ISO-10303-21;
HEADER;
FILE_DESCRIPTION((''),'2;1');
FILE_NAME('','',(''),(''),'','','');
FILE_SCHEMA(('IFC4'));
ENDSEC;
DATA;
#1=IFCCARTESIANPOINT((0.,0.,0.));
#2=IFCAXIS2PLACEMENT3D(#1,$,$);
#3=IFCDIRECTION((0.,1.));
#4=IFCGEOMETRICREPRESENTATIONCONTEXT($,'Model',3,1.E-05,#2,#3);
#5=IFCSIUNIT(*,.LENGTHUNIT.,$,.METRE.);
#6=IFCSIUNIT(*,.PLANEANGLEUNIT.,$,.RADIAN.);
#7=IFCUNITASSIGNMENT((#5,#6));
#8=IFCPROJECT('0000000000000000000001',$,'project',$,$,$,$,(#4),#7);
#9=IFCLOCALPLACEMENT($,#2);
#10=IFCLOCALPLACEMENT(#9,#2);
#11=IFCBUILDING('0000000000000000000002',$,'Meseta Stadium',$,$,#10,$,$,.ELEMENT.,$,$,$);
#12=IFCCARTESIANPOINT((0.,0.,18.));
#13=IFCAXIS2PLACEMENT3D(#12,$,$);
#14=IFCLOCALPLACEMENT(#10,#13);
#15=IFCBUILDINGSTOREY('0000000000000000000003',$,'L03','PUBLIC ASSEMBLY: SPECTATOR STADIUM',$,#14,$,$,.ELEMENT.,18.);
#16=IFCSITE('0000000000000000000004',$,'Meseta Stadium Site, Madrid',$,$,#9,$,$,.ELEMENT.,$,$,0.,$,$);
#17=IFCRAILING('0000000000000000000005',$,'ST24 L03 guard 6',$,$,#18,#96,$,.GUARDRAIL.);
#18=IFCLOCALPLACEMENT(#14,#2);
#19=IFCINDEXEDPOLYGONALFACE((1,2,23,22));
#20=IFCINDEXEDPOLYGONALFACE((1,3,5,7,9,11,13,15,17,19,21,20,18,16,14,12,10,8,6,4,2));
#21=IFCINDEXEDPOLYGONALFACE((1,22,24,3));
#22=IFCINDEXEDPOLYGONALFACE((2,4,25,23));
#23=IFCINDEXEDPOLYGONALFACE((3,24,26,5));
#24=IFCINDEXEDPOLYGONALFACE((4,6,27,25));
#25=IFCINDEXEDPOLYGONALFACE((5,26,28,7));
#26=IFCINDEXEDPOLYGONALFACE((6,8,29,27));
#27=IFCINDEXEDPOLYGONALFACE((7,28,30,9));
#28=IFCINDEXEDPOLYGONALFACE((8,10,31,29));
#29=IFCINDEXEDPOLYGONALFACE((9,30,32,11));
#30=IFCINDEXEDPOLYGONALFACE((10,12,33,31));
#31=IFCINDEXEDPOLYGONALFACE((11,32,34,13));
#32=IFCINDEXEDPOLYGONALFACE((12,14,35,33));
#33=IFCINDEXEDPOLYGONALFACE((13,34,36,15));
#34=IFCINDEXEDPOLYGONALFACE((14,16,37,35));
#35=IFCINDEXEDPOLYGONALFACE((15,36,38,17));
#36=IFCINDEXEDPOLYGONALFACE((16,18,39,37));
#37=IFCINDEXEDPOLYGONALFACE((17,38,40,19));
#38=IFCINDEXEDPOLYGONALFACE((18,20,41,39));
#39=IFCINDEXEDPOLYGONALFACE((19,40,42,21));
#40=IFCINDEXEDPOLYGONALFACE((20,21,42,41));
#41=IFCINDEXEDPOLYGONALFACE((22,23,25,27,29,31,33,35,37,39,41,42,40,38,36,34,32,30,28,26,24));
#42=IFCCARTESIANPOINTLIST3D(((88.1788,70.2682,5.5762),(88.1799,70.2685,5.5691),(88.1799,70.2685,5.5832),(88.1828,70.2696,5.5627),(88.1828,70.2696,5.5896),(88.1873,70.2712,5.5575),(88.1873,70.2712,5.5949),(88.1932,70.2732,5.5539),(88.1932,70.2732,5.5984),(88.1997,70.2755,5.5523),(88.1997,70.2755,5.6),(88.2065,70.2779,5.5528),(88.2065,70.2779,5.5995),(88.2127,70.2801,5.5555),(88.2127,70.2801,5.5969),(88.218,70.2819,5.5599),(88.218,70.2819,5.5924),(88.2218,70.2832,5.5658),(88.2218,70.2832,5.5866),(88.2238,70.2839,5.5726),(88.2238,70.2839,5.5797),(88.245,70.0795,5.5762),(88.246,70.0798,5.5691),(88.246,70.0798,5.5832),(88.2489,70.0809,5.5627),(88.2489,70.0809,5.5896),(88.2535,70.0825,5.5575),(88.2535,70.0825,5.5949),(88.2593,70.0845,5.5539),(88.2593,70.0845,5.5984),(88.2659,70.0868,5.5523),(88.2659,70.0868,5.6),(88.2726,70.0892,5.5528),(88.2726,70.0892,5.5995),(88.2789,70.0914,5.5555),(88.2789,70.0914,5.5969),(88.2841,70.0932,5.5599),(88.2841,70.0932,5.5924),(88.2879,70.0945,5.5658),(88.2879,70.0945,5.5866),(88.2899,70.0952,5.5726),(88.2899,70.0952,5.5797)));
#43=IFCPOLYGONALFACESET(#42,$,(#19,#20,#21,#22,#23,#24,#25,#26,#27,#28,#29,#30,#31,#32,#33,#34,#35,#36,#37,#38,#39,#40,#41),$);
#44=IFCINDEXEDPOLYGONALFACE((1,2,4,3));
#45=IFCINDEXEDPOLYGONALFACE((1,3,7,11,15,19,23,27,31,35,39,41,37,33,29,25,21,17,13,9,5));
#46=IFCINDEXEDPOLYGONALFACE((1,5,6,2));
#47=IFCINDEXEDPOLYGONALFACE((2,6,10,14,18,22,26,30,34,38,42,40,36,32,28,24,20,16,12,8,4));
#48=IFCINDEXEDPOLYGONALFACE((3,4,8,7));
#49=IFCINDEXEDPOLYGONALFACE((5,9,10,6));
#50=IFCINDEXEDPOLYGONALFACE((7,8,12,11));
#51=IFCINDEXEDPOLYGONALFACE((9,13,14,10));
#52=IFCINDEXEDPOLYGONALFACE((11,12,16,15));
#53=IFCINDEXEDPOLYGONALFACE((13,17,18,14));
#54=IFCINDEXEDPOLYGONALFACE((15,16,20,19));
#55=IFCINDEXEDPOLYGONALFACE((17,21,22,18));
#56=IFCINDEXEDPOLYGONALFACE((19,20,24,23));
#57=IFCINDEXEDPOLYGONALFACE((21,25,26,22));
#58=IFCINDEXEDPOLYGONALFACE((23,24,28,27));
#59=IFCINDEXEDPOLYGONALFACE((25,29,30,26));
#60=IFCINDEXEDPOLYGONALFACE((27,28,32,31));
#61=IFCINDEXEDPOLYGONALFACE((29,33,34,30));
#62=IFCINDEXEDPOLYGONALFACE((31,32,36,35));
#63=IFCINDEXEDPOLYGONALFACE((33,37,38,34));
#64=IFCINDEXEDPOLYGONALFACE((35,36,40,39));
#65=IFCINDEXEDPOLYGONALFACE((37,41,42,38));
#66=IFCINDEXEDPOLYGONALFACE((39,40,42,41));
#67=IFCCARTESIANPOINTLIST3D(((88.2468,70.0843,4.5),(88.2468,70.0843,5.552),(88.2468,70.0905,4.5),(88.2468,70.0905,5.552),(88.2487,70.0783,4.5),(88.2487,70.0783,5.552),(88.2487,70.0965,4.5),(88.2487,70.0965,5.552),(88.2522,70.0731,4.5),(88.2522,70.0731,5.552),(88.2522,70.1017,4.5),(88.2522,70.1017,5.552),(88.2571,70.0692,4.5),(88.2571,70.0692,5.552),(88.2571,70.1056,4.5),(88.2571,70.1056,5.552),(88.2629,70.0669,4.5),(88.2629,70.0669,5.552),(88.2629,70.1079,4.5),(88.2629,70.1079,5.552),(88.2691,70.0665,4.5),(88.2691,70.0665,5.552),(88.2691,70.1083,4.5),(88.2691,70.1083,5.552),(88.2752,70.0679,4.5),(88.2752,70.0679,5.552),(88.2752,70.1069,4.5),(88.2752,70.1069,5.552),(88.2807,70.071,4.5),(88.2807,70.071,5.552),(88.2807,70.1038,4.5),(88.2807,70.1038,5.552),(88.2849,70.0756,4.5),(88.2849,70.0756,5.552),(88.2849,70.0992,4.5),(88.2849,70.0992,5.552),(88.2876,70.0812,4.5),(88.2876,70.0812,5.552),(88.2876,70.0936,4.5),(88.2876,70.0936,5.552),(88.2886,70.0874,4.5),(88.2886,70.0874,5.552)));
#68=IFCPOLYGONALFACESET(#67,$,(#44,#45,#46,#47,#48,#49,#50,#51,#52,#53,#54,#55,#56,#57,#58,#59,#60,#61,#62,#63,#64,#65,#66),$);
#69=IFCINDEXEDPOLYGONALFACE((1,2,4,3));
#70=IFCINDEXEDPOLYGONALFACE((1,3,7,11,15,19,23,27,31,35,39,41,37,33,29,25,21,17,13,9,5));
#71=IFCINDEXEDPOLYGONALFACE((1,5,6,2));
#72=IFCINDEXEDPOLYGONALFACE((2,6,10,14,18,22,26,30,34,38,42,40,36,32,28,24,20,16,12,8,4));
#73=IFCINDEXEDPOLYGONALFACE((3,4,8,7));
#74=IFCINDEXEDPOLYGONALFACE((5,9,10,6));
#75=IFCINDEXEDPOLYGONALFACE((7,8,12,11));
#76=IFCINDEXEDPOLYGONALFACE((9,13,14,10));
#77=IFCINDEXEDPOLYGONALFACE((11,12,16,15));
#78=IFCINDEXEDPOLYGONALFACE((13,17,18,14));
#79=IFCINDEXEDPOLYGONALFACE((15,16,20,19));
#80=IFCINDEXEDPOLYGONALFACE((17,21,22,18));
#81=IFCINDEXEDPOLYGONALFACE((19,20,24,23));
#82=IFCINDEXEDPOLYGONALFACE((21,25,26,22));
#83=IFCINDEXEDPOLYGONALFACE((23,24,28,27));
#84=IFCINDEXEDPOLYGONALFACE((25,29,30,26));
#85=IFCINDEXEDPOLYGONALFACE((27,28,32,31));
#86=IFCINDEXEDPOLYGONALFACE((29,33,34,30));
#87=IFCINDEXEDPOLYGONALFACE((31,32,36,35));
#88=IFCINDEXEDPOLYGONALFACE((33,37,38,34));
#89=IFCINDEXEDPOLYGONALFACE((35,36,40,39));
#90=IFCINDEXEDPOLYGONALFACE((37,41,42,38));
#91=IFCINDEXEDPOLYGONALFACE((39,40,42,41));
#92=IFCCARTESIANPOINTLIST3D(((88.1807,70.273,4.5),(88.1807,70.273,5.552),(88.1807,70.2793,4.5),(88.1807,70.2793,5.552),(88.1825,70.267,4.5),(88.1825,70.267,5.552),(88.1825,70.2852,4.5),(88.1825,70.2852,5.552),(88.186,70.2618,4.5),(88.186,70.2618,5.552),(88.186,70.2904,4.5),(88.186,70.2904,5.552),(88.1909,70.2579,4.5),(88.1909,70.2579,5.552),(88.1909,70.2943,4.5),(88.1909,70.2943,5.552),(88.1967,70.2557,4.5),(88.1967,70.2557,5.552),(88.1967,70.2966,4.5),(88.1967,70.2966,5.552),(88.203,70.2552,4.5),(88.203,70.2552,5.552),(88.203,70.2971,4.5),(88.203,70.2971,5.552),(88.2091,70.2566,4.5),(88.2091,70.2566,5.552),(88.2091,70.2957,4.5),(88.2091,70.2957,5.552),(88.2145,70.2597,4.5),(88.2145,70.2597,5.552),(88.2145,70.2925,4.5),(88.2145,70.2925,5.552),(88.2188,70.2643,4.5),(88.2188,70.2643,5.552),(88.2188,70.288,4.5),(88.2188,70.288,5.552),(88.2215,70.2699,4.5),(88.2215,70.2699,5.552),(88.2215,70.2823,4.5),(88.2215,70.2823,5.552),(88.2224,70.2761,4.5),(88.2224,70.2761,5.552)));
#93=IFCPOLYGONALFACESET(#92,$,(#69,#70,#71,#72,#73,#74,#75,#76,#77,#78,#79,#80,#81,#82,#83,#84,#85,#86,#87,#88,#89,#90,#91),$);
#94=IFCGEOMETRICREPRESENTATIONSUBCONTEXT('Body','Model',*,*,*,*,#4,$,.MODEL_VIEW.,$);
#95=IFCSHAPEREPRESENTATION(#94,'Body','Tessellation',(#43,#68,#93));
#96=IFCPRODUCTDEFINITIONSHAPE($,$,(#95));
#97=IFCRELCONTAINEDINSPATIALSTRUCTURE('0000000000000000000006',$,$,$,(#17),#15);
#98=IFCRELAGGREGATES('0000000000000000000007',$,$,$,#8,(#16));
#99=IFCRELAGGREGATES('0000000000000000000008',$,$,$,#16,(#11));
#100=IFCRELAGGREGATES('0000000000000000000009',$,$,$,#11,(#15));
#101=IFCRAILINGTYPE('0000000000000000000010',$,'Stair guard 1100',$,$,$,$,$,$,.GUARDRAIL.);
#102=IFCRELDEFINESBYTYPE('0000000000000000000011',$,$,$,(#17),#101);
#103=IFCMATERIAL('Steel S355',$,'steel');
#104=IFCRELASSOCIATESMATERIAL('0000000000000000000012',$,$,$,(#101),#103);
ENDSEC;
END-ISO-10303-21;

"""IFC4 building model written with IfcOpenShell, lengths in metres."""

from ifc_helpers import new_model, si_unit, direction, frame, origin, origin_2d, place, context, subcontext, project, spatial, circle, extrude, material, type_object, element, save


model = new_model("IFC4")

# Units and contexts
model_context = context("Model", 3, precision=1e-05, world=origin(), true_north=direction((0.0, 1.0)))
body_context = subcontext(model_context, "Body", "Model", "MODEL_VIEW")
ifc_project = project(units=[si_unit("LENGTHUNIT", "METRE"), si_unit("PLANEANGLEUNIT", "RADIAN")], contexts=[model_context])

# Site, building, storey
site_placement = place(None, origin())
site = spatial("IfcSite", under=ifc_project, at=site_placement, Name="Meseta Stadium Site, Madrid", CompositionType="ELEMENT", RefElevation=0.0)
building_placement = place(site_placement, origin())
building = spatial("IfcBuilding", under=site, at=building_placement, Name="Meseta Stadium", CompositionType="ELEMENT")
storey_placement = place(building_placement, frame((0.0, 0.0, 18.0)))
storey = spatial("IfcBuildingStorey", under=building, at=storey_placement, Name="L03", Description="PUBLIC ASSEMBLY: SPECTATOR STADIUM", CompositionType="ELEMENT", Elevation=18.0)

# Railing
ifc_material_1 = material(Name="Steel S355", Category="steel")
railing_type_1 = type_object("IfcRailingType", Name="Stair guard 1100", PredefinedType="GUARDRAIL", material=ifc_material_1)
railing_1_placement = place(storey_placement, frame((88.2676, 70.0874, 4.5)))
element("IfcRailing", 1, at=railing_1_placement, inside=storey, type_object=railing_type_1, Name="ST24 L03 guard 6", PredefinedType="GUARDRAIL", context=body_context, shape_type="SweptSolid", body=[
    extrude(circle(Radius=0.0239, at=origin_2d()), frame((0.0, 0.0, 1.0762), z_axis=(-0.33084, 0.943687, 0.0), x_axis=(-0.943687, -0.33084, 0.0)), (0.0, 0.0, 1.0), 0.2),
    extrude(circle(Radius=0.021, at=origin_2d()), origin(), (0.0, 0.0, 1.0), 1.052),
    extrude(circle(Radius=0.021, at=origin_2d()), frame((-0.0662, 0.1887, 0.0)), (0.0, 0.0, 1.0), 1.052),
])

save(model, "model.ifc")
